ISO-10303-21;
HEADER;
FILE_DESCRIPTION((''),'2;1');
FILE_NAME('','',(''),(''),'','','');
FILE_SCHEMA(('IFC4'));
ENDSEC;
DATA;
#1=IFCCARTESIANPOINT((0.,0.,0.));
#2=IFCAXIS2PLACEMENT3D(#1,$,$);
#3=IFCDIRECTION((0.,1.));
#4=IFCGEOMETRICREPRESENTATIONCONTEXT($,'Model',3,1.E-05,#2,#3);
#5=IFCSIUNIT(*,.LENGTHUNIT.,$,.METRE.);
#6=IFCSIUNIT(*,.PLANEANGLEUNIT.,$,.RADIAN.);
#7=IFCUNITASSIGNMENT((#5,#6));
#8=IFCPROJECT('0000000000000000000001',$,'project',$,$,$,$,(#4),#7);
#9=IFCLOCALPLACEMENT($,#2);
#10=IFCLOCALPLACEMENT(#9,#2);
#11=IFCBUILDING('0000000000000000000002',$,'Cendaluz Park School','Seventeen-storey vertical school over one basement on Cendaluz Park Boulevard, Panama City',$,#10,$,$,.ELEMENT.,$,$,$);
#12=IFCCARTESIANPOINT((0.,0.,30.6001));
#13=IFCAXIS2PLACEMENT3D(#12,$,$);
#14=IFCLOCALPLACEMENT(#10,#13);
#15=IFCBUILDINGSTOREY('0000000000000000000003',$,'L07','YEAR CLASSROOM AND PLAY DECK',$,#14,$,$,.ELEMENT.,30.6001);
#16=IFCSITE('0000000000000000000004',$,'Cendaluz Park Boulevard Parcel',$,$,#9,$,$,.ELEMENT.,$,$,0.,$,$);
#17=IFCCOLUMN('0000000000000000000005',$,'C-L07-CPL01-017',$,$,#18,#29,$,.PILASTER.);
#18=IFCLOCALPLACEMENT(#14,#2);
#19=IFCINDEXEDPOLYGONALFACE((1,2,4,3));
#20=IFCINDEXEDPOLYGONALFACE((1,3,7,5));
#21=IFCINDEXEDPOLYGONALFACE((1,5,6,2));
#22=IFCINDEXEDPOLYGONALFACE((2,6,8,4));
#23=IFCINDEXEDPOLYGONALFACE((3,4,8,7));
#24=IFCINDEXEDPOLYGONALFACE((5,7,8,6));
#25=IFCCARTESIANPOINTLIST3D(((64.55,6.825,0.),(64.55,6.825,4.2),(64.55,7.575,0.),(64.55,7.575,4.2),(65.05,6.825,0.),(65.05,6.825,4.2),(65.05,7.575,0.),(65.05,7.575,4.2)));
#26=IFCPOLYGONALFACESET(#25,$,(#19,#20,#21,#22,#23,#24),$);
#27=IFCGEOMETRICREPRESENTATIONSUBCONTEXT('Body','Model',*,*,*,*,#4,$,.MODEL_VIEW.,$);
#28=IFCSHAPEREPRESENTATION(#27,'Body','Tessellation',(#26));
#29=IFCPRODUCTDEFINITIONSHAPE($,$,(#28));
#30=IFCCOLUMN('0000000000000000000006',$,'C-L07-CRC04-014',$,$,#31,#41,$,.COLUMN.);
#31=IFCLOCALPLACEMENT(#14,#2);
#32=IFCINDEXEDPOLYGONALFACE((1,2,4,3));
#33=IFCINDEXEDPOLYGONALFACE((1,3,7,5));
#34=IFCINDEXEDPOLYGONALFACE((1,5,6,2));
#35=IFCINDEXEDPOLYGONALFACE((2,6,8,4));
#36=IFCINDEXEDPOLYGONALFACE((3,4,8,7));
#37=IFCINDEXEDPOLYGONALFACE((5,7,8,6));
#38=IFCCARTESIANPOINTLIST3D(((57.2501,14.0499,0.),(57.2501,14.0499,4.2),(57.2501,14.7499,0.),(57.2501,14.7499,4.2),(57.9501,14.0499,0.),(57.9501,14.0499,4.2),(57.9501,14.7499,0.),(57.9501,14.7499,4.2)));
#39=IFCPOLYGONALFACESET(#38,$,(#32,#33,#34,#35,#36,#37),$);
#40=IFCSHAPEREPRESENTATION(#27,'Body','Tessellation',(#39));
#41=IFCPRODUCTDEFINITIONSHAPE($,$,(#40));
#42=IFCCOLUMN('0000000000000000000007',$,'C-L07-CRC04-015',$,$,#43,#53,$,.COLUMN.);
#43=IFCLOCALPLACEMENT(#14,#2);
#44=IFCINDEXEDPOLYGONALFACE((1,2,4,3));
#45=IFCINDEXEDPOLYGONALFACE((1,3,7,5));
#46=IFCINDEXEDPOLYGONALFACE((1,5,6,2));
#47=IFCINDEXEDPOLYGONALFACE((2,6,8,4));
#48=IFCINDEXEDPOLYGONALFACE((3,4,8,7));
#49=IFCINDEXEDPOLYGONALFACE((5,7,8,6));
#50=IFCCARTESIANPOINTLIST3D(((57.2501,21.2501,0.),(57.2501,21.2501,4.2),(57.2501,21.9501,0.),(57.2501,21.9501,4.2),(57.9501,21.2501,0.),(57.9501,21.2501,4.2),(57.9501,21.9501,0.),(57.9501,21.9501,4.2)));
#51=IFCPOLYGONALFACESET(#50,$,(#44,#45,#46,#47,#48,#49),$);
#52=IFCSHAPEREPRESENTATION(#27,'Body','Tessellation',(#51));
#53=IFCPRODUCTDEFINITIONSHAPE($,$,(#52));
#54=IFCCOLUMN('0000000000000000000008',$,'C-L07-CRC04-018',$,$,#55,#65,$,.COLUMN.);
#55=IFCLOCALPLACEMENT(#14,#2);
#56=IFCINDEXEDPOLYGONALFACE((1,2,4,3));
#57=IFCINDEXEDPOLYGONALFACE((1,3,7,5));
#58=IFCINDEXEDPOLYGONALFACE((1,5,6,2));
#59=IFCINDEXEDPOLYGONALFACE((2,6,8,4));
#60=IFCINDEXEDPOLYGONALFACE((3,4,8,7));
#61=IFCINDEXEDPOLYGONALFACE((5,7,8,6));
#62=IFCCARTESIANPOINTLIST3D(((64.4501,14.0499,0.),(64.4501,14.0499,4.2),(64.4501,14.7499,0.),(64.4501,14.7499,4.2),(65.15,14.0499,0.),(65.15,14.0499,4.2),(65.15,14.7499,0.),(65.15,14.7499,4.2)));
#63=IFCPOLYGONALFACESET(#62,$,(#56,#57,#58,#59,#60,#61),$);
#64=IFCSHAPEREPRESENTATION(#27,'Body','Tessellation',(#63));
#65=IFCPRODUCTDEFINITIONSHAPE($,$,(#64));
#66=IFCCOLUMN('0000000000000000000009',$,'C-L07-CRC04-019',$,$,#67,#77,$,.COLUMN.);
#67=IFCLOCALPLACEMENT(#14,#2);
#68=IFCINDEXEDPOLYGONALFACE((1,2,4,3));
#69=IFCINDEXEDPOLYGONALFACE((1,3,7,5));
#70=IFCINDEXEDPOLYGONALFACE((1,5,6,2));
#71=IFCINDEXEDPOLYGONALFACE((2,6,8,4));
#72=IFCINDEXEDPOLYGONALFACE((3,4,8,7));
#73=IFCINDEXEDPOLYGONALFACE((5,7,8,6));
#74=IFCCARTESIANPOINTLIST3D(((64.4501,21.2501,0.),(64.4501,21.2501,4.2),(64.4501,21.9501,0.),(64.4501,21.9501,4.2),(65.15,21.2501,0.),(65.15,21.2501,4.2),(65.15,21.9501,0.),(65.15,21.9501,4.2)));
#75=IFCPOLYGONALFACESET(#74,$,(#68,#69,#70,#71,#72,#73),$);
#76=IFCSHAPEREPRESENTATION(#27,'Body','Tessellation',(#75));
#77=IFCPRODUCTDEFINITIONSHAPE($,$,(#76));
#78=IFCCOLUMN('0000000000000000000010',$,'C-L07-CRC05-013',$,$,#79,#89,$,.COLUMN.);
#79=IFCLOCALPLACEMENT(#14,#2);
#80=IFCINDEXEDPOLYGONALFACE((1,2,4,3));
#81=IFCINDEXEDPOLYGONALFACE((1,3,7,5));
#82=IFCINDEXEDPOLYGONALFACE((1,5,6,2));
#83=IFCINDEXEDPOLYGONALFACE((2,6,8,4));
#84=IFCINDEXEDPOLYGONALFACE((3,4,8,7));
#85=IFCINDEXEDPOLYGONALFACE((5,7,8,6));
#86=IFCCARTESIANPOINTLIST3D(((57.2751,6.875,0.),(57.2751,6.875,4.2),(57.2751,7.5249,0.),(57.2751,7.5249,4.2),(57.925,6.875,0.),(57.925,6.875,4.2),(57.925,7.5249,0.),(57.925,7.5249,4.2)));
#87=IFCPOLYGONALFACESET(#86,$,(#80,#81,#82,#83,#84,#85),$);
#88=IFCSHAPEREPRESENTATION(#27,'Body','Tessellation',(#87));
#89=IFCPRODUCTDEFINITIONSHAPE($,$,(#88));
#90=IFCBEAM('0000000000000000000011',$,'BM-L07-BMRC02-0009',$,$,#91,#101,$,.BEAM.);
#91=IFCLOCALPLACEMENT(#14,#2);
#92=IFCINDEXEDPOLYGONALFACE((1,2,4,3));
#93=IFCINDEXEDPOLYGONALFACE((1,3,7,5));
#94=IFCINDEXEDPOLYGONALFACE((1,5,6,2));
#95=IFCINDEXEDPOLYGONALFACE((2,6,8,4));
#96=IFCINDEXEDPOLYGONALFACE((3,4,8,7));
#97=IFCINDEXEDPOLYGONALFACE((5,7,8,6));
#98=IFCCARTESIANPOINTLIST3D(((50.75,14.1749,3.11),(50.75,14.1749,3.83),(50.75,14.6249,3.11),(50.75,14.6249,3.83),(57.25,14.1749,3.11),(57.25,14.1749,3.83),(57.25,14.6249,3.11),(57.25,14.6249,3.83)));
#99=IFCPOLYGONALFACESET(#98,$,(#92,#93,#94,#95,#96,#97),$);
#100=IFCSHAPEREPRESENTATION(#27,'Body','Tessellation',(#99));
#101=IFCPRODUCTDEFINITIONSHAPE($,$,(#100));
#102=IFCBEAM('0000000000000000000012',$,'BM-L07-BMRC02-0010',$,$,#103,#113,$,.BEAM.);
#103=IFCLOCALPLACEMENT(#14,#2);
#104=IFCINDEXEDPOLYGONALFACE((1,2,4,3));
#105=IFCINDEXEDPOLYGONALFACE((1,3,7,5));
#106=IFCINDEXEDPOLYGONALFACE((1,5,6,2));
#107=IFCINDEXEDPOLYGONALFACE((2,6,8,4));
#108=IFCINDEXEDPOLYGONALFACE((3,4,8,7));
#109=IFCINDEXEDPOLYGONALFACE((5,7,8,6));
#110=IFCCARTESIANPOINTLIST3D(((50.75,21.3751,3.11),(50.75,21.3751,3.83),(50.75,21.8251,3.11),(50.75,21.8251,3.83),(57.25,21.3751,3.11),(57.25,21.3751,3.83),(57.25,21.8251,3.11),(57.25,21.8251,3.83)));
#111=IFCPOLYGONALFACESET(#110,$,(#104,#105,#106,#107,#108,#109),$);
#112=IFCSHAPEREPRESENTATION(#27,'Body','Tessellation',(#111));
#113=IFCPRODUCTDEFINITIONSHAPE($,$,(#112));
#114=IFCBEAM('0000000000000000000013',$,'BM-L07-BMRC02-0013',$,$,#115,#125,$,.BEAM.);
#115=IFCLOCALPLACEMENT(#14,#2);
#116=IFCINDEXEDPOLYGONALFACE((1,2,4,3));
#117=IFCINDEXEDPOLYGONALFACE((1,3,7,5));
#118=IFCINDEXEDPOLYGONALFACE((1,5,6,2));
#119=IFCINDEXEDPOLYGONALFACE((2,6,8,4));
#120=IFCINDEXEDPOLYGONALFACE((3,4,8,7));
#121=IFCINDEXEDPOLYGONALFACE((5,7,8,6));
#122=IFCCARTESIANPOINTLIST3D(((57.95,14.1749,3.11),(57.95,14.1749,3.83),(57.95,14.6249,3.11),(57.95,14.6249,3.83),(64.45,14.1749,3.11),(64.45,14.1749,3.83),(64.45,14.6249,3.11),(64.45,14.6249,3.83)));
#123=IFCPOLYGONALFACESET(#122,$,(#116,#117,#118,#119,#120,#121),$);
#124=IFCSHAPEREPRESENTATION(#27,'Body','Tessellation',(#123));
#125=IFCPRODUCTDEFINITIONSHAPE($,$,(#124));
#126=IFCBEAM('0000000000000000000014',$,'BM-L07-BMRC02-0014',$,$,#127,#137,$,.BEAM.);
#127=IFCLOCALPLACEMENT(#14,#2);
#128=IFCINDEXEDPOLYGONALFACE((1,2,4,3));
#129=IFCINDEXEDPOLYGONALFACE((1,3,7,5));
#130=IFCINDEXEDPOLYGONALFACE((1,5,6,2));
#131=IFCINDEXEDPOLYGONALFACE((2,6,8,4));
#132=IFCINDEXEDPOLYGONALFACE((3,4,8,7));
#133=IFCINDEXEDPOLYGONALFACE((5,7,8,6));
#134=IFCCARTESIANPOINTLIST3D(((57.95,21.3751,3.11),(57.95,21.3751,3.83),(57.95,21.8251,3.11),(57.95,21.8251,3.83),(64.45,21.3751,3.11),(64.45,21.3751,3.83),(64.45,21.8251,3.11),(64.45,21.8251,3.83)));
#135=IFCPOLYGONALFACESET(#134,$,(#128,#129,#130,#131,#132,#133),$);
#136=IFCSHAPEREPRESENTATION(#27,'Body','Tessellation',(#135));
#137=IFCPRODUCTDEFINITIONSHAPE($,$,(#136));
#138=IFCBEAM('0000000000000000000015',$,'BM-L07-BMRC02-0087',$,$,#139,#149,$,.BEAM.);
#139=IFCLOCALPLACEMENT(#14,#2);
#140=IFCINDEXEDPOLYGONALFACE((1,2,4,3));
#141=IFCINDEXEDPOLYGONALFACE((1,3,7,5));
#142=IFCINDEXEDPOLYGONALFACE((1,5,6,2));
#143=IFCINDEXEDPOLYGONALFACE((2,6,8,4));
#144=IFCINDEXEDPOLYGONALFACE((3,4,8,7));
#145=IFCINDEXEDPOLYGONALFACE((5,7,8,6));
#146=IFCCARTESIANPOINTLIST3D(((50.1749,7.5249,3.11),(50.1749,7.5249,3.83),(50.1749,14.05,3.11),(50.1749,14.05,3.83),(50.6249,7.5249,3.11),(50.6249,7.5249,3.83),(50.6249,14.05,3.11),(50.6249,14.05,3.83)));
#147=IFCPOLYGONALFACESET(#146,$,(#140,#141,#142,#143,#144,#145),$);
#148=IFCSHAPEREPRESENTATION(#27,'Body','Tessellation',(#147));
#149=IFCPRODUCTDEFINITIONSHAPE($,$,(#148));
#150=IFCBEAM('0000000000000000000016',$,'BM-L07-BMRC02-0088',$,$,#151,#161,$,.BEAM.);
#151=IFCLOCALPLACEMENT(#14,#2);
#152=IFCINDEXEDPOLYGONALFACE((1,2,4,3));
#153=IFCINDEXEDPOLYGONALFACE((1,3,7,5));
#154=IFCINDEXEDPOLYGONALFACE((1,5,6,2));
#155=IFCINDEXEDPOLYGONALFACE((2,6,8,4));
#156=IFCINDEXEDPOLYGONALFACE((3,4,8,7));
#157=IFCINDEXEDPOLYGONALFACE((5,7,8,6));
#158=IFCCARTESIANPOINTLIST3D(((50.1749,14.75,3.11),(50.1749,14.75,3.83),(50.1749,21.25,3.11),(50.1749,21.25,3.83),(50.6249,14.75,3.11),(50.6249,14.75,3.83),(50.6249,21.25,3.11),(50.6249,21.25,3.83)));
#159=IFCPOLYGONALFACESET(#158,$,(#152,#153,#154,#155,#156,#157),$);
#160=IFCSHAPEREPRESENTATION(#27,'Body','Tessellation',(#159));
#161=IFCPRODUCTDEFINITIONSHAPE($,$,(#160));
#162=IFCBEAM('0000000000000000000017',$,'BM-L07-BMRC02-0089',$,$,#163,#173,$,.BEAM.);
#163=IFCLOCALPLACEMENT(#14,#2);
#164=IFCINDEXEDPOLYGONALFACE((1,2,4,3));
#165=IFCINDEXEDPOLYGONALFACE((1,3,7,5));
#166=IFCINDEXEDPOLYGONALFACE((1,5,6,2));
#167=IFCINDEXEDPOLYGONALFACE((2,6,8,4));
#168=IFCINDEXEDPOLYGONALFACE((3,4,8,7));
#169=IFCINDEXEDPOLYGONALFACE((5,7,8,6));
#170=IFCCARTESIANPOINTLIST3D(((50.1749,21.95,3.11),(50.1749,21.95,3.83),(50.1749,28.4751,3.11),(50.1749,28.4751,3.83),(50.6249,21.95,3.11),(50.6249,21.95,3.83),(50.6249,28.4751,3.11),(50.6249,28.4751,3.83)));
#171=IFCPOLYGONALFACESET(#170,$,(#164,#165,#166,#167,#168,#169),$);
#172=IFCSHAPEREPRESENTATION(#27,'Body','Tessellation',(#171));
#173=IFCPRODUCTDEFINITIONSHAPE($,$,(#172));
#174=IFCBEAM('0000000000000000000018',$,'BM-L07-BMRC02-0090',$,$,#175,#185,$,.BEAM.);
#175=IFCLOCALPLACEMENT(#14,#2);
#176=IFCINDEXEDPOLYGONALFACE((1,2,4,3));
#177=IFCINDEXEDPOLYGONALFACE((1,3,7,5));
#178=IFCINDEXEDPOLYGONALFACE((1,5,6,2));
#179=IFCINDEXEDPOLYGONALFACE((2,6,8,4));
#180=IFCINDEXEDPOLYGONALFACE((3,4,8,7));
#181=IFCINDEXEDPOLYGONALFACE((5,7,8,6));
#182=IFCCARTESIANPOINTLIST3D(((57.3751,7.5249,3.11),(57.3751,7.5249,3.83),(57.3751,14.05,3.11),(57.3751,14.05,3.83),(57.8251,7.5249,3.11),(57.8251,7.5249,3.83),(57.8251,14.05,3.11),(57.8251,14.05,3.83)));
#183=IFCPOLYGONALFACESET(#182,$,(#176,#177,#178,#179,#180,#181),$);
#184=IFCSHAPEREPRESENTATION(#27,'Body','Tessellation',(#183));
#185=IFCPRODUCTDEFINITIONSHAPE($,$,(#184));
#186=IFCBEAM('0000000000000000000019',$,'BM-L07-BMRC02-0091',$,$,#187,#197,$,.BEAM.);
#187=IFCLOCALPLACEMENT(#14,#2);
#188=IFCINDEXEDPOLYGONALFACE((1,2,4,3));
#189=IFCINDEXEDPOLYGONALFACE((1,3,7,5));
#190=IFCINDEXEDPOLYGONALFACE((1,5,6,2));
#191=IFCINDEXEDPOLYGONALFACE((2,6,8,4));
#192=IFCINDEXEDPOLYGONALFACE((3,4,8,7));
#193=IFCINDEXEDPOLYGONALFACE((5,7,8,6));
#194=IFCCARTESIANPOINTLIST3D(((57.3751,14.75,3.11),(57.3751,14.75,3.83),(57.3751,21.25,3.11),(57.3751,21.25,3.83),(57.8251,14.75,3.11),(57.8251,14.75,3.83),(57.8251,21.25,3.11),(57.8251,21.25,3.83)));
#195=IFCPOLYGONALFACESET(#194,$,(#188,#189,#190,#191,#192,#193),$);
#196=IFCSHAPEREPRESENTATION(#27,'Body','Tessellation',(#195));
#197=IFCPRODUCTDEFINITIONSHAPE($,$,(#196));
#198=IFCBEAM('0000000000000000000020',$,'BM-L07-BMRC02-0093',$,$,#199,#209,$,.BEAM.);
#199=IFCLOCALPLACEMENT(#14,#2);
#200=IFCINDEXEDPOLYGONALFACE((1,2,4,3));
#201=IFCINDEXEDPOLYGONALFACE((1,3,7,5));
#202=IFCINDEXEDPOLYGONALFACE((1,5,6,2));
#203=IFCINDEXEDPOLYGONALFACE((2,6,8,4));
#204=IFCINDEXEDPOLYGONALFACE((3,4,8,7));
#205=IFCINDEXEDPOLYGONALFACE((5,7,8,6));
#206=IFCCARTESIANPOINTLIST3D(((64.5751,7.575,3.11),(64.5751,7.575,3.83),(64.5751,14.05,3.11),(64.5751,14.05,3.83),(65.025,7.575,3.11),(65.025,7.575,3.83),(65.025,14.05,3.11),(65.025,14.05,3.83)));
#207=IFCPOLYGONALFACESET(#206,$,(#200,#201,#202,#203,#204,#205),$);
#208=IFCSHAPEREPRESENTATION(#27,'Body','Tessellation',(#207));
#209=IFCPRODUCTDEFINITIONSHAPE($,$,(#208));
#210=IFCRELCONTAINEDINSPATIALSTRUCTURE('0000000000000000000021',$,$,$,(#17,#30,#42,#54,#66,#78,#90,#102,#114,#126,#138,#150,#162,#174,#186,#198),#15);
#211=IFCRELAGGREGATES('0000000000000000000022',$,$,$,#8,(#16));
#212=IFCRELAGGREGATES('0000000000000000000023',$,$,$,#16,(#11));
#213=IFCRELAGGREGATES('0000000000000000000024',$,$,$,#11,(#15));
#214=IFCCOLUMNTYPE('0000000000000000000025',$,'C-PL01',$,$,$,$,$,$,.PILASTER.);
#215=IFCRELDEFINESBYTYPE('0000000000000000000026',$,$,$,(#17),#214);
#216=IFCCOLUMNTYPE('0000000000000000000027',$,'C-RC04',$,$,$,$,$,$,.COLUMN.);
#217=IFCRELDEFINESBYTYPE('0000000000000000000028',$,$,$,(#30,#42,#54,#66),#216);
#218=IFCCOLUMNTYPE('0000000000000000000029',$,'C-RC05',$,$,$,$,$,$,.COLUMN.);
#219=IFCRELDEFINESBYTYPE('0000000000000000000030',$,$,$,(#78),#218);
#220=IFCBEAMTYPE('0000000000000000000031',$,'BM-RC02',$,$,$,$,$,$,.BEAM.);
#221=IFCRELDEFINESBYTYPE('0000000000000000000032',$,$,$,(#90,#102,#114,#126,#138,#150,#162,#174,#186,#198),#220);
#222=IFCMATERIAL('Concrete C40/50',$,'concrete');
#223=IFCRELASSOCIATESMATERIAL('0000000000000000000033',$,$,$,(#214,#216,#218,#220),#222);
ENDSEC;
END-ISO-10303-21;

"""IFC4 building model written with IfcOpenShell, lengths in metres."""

from ifc_helpers import new_model, si_unit, direction, frame, origin, origin_2d, place, context, subcontext, project, spatial, rectangle, extrude, material, material_profile, profile_set, type_object, element, save


model = new_model("IFC4")

# Units and contexts
model_context = context("Model", 3, precision=1e-05, world=origin(), true_north=direction((0.0, 1.0)))
body_context = subcontext(model_context, "Body", "Model", "MODEL_VIEW")
ifc_project = project(units=[si_unit("LENGTHUNIT", "METRE"), si_unit("PLANEANGLEUNIT", "RADIAN")], contexts=[model_context])

# Site, building, storey
site_placement = place(None, origin())
site = spatial("IfcSite", under=ifc_project, at=site_placement, Name="Cendaluz Park Boulevard Parcel", CompositionType="ELEMENT", RefElevation=0.0)
building_placement = place(site_placement, origin())
building = spatial("IfcBuilding", under=site, at=building_placement, Name="Cendaluz Park School", Description="Seventeen-storey vertical school over one basement on Cendaluz Park Boulevard, Panama City", CompositionType="ELEMENT")
storey_placement = place(building_placement, frame((0.0, 0.0, 30.6001)))
storey = spatial("IfcBuildingStorey", under=building, at=storey_placement, Name="L07", Description="YEAR CLASSROOM AND PLAY DECK", CompositionType="ELEMENT", Elevation=30.6001)

# Columns
ifc_material_1 = material(Name="Concrete C40/50", Category="concrete")
ifc_material_profile_1 = material_profile(ifc_material_1, rectangle(XDim=0.5, YDim=0.75, at=origin_2d()), Name="RC 500x750", Category="concrete")
ifc_profile_set_1 = profile_set([ifc_material_profile_1], Name="Concrete C40/50")
column_type_1 = type_object("IfcColumnType", Name="C-PL01", PredefinedType="PILASTER", material=ifc_profile_set_1)
column_1_placement = place(storey_placement, frame((64.8, 7.2, 0.0), z_axis=(0.0, 0.0, 1.0), x_axis=(1.0, 0.0, 0.0)))
element("IfcColumn", 1, at=column_1_placement, inside=storey, type_object=column_type_1, Name="C-L07-CPL01-017", PredefinedType="PILASTER", context=body_context, shape_type="SweptSolid", body=[
    extrude(rectangle(XDim=0.5, YDim=0.75, at=origin_2d()), origin(), (0.0, 0.0, 1.0), 4.2),
])
ifc_material_profile_2 = material_profile(ifc_material_1, rectangle(XDim=0.7, YDim=0.7, at=origin_2d()), Name="RC 700x700", Category="concrete")
ifc_profile_set_2 = profile_set([ifc_material_profile_2], Name="Concrete C40/50")
column_type_2 = type_object("IfcColumnType", Name="C-RC04", PredefinedType="COLUMN", material=ifc_profile_set_2)
for number, where, z_axis, x_axis, name in (
    (2, (57.6001, 14.3999, 0.0), (0.0, 0.0, 1.0), (1.0, 0.0, 0.0), "C-L07-CRC04-014"),
    (3, (57.6001, 21.6001, 0.0), (0.0, 0.0, 1.0), (1.0, 0.0, 0.0), "C-L07-CRC04-015"),
    (4, (64.8, 14.3999, 0.0), (0.0, 0.0, 1.0), (1.0, 0.0, 0.0), "C-L07-CRC04-018"),
    (5, (64.8, 21.6001, 0.0), (0.0, 0.0, 1.0), (1.0, 0.0, 0.0), "C-L07-CRC04-019"),
):
    element("IfcColumn", number, at=place(storey_placement, frame(where, z_axis=z_axis, x_axis=x_axis)), inside=storey, type_object=column_type_2, Name=name, PredefinedType="COLUMN", context=body_context, shape_type="SweptSolid", body=[
        extrude(rectangle(XDim=0.7, YDim=0.7, at=origin_2d()), origin(), (0.0, 0.0, 1.0), 4.2),
    ])
ifc_material_profile_3 = material_profile(ifc_material_1, rectangle(XDim=0.6499, YDim=0.6499, at=origin_2d()), Name="RC 650x650", Category="concrete")
ifc_profile_set_3 = profile_set([ifc_material_profile_3], Name="Concrete C40/50")
column_type_3 = type_object("IfcColumnType", Name="C-RC05", PredefinedType="COLUMN", material=ifc_profile_set_3)
column_2_placement = place(storey_placement, frame((57.6001, 7.2, 0.0), z_axis=(0.0, 0.0, 1.0), x_axis=(1.0, 0.0, 0.0)))
element("IfcColumn", 6, at=column_2_placement, inside=storey, type_object=column_type_3, Name="C-L07-CRC05-013", PredefinedType="COLUMN", context=body_context, shape_type="SweptSolid", body=[
    extrude(rectangle(XDim=0.6499, YDim=0.6499, at=origin_2d()), origin(), (0.0, 0.0, 1.0), 4.2),
])

# Beams
ifc_material_profile_4 = material_profile(ifc_material_1, rectangle(XDim=0.45, YDim=0.72, at=origin_2d()), Name="RC 450x720", Category="concrete")
ifc_profile_set_4 = profile_set([ifc_material_profile_4], Name="Concrete C40/50")
beam_type_1 = type_object("IfcBeamType", Name="BM-RC02", PredefinedType="BEAM", material=ifc_profile_set_4)
for number, where, z_axis, x_axis, name in (
    (7, (50.75, 14.3999, 3.47), (1.0, 0.0, 0.0), (0.0, 1.0, 0.0), "BM-L07-BMRC02-0009"),
    (8, (50.75, 21.6001, 3.47), (1.0, 0.0, 0.0), (0.0, 1.0, 0.0), "BM-L07-BMRC02-0010"),
    (9, (57.95, 14.3999, 3.47), (1.0, 0.0, 0.0), (0.0, 1.0, 0.0), "BM-L07-BMRC02-0013"),
    (10, (57.95, 21.6001, 3.47), (1.0, 0.0, 0.0), (0.0, 1.0, 0.0), "BM-L07-BMRC02-0014"),
):
    element("IfcBeam", number, at=place(storey_placement, frame(where, z_axis=z_axis, x_axis=x_axis)), inside=storey, type_object=beam_type_1, Name=name, PredefinedType="BEAM", context=body_context, shape_type="SweptSolid", body=[
        extrude(rectangle(XDim=0.45, YDim=0.72, at=origin_2d()), origin(), (0.0, 0.0, 1.0), 6.5),
    ])
beam_1_placement = place(storey_placement, frame((50.3999, 7.5249, 3.47), z_axis=(0.0, 1.0, 0.0), x_axis=(-1.0, 0.0, 0.0)))
element("IfcBeam", 11, at=beam_1_placement, inside=storey, type_object=beam_type_1, Name="BM-L07-BMRC02-0087", PredefinedType="BEAM", context=body_context, shape_type="SweptSolid", body=[
    extrude(rectangle(XDim=0.45, YDim=0.72, at=origin_2d()), origin(), (0.0, 0.0, 1.0), 6.5251),
])
beam_2_placement = place(storey_placement, frame((50.3999, 14.75, 3.47), z_axis=(0.0, 1.0, 0.0), x_axis=(-1.0, 0.0, 0.0)))
element("IfcBeam", 12, at=beam_2_placement, inside=storey, type_object=beam_type_1, Name="BM-L07-BMRC02-0088", PredefinedType="BEAM", context=body_context, shape_type="SweptSolid", body=[
    extrude(rectangle(XDim=0.45, YDim=0.72, at=origin_2d()), origin(), (0.0, 0.0, 1.0), 6.5),
])
for number, where, z_axis, x_axis, name in (
    (13, (50.3999, 21.95, 3.47), (0.0, 1.0, 0.0), (-1.0, 0.0, 0.0), "BM-L07-BMRC02-0089"),
    (14, (57.6001, 7.5249, 3.47), (0.0, 1.0, 0.0), (-1.0, 0.0, 0.0), "BM-L07-BMRC02-0090"),
):
    element("IfcBeam", number, at=place(storey_placement, frame(where, z_axis=z_axis, x_axis=x_axis)), inside=storey, type_object=beam_type_1, Name=name, PredefinedType="BEAM", context=body_context, shape_type="SweptSolid", body=[
        extrude(rectangle(XDim=0.45, YDim=0.72, at=origin_2d()), origin(), (0.0, 0.0, 1.0), 6.5251),
    ])
beam_3_placement = place(storey_placement, frame((57.6001, 14.75, 3.47), z_axis=(0.0, 1.0, 0.0), x_axis=(-1.0, 0.0, 0.0)))
element("IfcBeam", 15, at=beam_3_placement, inside=storey, type_object=beam_type_1, Name="BM-L07-BMRC02-0091", PredefinedType="BEAM", context=body_context, shape_type="SweptSolid", body=[
    extrude(rectangle(XDim=0.45, YDim=0.72, at=origin_2d()), origin(), (0.0, 0.0, 1.0), 6.5),
])
beam_4_placement = place(storey_placement, frame((64.8, 7.575, 3.47), z_axis=(0.0, 1.0, 0.0), x_axis=(-1.0, 0.0, 0.0)))
element("IfcBeam", 16, at=beam_4_placement, inside=storey, type_object=beam_type_1, Name="BM-L07-BMRC02-0093", PredefinedType="BEAM", context=body_context, shape_type="SweptSolid", body=[
    extrude(rectangle(XDim=0.45, YDim=0.72, at=origin_2d()), origin(), (0.0, 0.0, 1.0), 6.4751),
])

save(model, "model.ifc")
